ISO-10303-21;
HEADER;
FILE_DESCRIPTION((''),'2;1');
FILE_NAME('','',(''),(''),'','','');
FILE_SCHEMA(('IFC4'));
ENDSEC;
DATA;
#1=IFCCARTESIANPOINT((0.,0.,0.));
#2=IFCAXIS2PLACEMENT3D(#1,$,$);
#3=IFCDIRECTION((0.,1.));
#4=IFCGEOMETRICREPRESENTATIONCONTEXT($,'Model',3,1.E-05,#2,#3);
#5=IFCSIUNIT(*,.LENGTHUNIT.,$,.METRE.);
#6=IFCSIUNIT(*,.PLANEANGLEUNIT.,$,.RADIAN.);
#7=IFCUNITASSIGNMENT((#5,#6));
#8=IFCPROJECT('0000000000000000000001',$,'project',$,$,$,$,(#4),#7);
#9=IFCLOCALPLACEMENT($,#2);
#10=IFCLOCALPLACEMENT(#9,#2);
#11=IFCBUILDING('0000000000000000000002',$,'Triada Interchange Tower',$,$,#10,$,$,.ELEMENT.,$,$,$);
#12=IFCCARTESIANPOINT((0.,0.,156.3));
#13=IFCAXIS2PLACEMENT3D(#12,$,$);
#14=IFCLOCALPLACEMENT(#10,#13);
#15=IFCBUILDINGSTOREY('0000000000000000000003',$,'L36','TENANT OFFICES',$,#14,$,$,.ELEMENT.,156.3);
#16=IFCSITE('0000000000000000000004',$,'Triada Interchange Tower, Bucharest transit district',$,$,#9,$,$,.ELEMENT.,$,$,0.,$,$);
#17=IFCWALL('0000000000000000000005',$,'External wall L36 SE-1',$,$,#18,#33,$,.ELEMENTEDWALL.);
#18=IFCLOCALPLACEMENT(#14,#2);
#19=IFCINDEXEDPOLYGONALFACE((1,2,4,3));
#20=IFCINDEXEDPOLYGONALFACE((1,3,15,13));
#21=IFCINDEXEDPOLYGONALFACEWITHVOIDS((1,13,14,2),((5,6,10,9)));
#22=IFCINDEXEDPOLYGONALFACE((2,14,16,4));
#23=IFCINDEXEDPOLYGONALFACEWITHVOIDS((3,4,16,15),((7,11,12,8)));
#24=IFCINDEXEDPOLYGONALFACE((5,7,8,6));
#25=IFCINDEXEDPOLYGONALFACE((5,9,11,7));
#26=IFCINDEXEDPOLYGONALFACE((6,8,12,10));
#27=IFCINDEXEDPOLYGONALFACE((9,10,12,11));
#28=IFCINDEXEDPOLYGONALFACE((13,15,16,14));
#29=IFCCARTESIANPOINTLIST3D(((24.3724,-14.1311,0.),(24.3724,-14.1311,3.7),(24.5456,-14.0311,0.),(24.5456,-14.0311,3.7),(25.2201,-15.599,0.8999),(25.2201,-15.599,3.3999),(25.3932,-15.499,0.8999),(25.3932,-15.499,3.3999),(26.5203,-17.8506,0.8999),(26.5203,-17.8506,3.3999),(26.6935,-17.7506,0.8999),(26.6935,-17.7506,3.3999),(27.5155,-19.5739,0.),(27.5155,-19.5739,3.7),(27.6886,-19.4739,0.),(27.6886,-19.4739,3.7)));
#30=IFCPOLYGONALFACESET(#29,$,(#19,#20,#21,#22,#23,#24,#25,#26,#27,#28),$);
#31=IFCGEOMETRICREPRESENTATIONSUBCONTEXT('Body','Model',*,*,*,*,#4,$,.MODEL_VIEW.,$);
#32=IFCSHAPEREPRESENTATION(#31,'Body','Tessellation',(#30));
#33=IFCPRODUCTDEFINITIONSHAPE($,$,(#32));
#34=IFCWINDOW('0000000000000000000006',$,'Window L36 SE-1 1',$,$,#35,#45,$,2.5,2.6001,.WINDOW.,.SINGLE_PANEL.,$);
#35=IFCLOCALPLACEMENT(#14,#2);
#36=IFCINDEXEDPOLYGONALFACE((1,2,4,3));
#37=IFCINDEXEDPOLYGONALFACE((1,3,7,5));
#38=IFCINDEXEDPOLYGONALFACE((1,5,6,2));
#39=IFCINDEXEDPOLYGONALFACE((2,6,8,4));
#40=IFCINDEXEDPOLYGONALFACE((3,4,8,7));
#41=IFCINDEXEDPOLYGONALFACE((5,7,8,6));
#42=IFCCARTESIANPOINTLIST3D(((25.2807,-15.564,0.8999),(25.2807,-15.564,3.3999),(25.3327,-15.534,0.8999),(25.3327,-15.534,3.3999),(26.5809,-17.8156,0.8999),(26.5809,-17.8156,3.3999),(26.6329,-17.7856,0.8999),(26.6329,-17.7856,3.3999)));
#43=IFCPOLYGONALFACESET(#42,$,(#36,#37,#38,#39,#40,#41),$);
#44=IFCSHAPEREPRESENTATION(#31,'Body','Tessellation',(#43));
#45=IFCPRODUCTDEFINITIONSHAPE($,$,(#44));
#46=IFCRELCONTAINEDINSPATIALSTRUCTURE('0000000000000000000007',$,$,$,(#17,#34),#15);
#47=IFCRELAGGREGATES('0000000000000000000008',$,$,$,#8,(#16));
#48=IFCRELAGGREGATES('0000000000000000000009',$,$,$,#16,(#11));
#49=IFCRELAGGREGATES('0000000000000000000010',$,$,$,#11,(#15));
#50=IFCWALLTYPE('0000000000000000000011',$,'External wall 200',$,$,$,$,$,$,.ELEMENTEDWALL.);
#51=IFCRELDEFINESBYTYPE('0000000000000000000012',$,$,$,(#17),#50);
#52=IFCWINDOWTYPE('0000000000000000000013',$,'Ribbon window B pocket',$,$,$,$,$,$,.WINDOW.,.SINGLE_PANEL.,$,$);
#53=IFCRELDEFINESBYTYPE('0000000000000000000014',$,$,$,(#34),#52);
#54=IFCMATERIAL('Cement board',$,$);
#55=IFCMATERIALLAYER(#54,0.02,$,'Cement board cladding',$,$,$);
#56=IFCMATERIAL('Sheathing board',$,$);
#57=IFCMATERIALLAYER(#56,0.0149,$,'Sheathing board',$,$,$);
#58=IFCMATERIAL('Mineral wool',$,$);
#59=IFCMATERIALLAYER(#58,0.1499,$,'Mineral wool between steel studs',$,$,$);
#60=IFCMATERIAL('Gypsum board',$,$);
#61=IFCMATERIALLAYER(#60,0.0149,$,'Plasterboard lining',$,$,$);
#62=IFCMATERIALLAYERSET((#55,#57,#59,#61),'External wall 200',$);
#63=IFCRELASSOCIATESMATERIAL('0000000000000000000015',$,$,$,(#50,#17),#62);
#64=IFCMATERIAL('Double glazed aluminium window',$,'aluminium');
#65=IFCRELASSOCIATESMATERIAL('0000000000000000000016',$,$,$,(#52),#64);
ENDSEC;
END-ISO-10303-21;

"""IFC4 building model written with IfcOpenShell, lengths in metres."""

from ifc_helpers import new_model, si_unit, direction, frame, frame_2d, origin, place, context, subcontext, project, spatial, rectangle, extrude, material, layer, layer_set, layer_usage, type_object, element, fill, save


model = new_model("IFC4")

# Units and contexts
model_context = context("Model", 3, precision=1e-05, world=origin(), true_north=direction((0.0, 1.0)))
body_context = subcontext(model_context, "Body", "Model", "MODEL_VIEW")
ifc_project = project(units=[si_unit("LENGTHUNIT", "METRE"), si_unit("PLANEANGLEUNIT", "RADIAN")], contexts=[model_context])

# Site, building, storey
site_placement = place(None, origin())
site = spatial("IfcSite", under=ifc_project, at=site_placement, Name="Triada Interchange Tower, Bucharest transit district", CompositionType="ELEMENT", RefElevation=0.0)
building_placement = place(site_placement, origin())
building = spatial("IfcBuilding", under=site, at=building_placement, Name="Triada Interchange Tower", CompositionType="ELEMENT")
storey_placement = place(building_placement, frame((0.0, 0.0, 156.3)))
storey = spatial("IfcBuildingStorey", under=building, at=storey_placement, Name="L36", Description="TENANT OFFICES", CompositionType="ELEMENT", Elevation=156.3)

# Wall, opening, window
ifc_material_1 = material(Name="Cement board")
ifc_layer_1 = layer(ifc_material_1, 0.02, Name="Cement board cladding")
ifc_material_2 = material(Name="Sheathing board")
ifc_layer_2 = layer(ifc_material_2, 0.0149, Name="Sheathing board")
ifc_material_3 = material(Name="Mineral wool")
ifc_layer_3 = layer(ifc_material_3, 0.1499, Name="Mineral wool between steel studs")
ifc_material_4 = material(Name="Gypsum board")
ifc_layer_4 = layer(ifc_material_4, 0.0149, Name="Plasterboard lining")
ifc_layer_set_1 = layer_set([ifc_layer_1, ifc_layer_2, ifc_layer_3, ifc_layer_4], Name="External wall 200")
ifc_layer_usage = layer_usage(ifc_layer_set_1, "AXIS2", "POSITIVE", -0.1001)
wall_type = type_object("IfcWallType", Name="External wall 200", PredefinedType="ELEMENTEDWALL", material=ifc_layer_set_1)
wall_1_placement = place(storey_placement, frame((27.6021, -19.5239, 0.0), z_axis=(0.0, 0.0, 1.0), x_axis=(-0.500074, 0.865982, 0.0)))
wall_1 = element("IfcWall", 1, at=wall_1_placement, inside=storey, type_object=wall_type, material=ifc_layer_usage, Name="External wall L36 SE-1", PredefinedType="ELEMENTEDWALL", context=body_context, shape_type="SweptSolid", body=[
    extrude(rectangle(XDim=6.2852, YDim=0.2, at=frame_2d((3.1426, 0.0))), origin(), (0.0, 0.0, 1.0), 3.7),
])
opening_1_placement = place(wall_1_placement, frame((1.99, 0.0, 0.8999)))
opening_1 = element("IfcOpeningElement", 2, at=opening_1_placement, cuts=wall_1, PredefinedType="OPENING", context=body_context, shape_type="SweptSolid", body=[
    extrude(rectangle(XDim=2.6001, YDim=2.5, at=frame_2d((1.3, 1.25))), frame((0.0, 0.1099, 0.0), z_axis=(0.0, -1.0, 0.0), x_axis=(1.0, 0.0, 0.0)), (0.0, 0.0, 1.0), 0.22),
])
ifc_material_5 = material(Name="Double glazed aluminium window", Category="aluminium")
window_type_1 = type_object("IfcWindowType", Name="Ribbon window B pocket", PartitioningType="SINGLE_PANEL", PredefinedType="WINDOW", material=ifc_material_5)
window_1_placement = place(opening_1_placement, origin())
window_1 = element("IfcWindow", 3, at=window_1_placement, inside=storey, type_object=window_type_1, Name="Window L36 SE-1 1", OverallHeight=2.5, OverallWidth=2.6001, PartitioningType="SINGLE_PANEL", PredefinedType="WINDOW", context=body_context, shape_type="SweptSolid", body=[
    extrude(rectangle(XDim=2.6001, YDim=2.5, at=frame_2d((1.3, 1.25))), frame((0.0, 0.03, 0.0), z_axis=(0.0, -1.0, 0.0), x_axis=(1.0, 0.0, 0.0)), (0.0, 0.0, 1.0), 0.0601),
])
fill(opening_1, window_1)

save(model, "model.ifc")
